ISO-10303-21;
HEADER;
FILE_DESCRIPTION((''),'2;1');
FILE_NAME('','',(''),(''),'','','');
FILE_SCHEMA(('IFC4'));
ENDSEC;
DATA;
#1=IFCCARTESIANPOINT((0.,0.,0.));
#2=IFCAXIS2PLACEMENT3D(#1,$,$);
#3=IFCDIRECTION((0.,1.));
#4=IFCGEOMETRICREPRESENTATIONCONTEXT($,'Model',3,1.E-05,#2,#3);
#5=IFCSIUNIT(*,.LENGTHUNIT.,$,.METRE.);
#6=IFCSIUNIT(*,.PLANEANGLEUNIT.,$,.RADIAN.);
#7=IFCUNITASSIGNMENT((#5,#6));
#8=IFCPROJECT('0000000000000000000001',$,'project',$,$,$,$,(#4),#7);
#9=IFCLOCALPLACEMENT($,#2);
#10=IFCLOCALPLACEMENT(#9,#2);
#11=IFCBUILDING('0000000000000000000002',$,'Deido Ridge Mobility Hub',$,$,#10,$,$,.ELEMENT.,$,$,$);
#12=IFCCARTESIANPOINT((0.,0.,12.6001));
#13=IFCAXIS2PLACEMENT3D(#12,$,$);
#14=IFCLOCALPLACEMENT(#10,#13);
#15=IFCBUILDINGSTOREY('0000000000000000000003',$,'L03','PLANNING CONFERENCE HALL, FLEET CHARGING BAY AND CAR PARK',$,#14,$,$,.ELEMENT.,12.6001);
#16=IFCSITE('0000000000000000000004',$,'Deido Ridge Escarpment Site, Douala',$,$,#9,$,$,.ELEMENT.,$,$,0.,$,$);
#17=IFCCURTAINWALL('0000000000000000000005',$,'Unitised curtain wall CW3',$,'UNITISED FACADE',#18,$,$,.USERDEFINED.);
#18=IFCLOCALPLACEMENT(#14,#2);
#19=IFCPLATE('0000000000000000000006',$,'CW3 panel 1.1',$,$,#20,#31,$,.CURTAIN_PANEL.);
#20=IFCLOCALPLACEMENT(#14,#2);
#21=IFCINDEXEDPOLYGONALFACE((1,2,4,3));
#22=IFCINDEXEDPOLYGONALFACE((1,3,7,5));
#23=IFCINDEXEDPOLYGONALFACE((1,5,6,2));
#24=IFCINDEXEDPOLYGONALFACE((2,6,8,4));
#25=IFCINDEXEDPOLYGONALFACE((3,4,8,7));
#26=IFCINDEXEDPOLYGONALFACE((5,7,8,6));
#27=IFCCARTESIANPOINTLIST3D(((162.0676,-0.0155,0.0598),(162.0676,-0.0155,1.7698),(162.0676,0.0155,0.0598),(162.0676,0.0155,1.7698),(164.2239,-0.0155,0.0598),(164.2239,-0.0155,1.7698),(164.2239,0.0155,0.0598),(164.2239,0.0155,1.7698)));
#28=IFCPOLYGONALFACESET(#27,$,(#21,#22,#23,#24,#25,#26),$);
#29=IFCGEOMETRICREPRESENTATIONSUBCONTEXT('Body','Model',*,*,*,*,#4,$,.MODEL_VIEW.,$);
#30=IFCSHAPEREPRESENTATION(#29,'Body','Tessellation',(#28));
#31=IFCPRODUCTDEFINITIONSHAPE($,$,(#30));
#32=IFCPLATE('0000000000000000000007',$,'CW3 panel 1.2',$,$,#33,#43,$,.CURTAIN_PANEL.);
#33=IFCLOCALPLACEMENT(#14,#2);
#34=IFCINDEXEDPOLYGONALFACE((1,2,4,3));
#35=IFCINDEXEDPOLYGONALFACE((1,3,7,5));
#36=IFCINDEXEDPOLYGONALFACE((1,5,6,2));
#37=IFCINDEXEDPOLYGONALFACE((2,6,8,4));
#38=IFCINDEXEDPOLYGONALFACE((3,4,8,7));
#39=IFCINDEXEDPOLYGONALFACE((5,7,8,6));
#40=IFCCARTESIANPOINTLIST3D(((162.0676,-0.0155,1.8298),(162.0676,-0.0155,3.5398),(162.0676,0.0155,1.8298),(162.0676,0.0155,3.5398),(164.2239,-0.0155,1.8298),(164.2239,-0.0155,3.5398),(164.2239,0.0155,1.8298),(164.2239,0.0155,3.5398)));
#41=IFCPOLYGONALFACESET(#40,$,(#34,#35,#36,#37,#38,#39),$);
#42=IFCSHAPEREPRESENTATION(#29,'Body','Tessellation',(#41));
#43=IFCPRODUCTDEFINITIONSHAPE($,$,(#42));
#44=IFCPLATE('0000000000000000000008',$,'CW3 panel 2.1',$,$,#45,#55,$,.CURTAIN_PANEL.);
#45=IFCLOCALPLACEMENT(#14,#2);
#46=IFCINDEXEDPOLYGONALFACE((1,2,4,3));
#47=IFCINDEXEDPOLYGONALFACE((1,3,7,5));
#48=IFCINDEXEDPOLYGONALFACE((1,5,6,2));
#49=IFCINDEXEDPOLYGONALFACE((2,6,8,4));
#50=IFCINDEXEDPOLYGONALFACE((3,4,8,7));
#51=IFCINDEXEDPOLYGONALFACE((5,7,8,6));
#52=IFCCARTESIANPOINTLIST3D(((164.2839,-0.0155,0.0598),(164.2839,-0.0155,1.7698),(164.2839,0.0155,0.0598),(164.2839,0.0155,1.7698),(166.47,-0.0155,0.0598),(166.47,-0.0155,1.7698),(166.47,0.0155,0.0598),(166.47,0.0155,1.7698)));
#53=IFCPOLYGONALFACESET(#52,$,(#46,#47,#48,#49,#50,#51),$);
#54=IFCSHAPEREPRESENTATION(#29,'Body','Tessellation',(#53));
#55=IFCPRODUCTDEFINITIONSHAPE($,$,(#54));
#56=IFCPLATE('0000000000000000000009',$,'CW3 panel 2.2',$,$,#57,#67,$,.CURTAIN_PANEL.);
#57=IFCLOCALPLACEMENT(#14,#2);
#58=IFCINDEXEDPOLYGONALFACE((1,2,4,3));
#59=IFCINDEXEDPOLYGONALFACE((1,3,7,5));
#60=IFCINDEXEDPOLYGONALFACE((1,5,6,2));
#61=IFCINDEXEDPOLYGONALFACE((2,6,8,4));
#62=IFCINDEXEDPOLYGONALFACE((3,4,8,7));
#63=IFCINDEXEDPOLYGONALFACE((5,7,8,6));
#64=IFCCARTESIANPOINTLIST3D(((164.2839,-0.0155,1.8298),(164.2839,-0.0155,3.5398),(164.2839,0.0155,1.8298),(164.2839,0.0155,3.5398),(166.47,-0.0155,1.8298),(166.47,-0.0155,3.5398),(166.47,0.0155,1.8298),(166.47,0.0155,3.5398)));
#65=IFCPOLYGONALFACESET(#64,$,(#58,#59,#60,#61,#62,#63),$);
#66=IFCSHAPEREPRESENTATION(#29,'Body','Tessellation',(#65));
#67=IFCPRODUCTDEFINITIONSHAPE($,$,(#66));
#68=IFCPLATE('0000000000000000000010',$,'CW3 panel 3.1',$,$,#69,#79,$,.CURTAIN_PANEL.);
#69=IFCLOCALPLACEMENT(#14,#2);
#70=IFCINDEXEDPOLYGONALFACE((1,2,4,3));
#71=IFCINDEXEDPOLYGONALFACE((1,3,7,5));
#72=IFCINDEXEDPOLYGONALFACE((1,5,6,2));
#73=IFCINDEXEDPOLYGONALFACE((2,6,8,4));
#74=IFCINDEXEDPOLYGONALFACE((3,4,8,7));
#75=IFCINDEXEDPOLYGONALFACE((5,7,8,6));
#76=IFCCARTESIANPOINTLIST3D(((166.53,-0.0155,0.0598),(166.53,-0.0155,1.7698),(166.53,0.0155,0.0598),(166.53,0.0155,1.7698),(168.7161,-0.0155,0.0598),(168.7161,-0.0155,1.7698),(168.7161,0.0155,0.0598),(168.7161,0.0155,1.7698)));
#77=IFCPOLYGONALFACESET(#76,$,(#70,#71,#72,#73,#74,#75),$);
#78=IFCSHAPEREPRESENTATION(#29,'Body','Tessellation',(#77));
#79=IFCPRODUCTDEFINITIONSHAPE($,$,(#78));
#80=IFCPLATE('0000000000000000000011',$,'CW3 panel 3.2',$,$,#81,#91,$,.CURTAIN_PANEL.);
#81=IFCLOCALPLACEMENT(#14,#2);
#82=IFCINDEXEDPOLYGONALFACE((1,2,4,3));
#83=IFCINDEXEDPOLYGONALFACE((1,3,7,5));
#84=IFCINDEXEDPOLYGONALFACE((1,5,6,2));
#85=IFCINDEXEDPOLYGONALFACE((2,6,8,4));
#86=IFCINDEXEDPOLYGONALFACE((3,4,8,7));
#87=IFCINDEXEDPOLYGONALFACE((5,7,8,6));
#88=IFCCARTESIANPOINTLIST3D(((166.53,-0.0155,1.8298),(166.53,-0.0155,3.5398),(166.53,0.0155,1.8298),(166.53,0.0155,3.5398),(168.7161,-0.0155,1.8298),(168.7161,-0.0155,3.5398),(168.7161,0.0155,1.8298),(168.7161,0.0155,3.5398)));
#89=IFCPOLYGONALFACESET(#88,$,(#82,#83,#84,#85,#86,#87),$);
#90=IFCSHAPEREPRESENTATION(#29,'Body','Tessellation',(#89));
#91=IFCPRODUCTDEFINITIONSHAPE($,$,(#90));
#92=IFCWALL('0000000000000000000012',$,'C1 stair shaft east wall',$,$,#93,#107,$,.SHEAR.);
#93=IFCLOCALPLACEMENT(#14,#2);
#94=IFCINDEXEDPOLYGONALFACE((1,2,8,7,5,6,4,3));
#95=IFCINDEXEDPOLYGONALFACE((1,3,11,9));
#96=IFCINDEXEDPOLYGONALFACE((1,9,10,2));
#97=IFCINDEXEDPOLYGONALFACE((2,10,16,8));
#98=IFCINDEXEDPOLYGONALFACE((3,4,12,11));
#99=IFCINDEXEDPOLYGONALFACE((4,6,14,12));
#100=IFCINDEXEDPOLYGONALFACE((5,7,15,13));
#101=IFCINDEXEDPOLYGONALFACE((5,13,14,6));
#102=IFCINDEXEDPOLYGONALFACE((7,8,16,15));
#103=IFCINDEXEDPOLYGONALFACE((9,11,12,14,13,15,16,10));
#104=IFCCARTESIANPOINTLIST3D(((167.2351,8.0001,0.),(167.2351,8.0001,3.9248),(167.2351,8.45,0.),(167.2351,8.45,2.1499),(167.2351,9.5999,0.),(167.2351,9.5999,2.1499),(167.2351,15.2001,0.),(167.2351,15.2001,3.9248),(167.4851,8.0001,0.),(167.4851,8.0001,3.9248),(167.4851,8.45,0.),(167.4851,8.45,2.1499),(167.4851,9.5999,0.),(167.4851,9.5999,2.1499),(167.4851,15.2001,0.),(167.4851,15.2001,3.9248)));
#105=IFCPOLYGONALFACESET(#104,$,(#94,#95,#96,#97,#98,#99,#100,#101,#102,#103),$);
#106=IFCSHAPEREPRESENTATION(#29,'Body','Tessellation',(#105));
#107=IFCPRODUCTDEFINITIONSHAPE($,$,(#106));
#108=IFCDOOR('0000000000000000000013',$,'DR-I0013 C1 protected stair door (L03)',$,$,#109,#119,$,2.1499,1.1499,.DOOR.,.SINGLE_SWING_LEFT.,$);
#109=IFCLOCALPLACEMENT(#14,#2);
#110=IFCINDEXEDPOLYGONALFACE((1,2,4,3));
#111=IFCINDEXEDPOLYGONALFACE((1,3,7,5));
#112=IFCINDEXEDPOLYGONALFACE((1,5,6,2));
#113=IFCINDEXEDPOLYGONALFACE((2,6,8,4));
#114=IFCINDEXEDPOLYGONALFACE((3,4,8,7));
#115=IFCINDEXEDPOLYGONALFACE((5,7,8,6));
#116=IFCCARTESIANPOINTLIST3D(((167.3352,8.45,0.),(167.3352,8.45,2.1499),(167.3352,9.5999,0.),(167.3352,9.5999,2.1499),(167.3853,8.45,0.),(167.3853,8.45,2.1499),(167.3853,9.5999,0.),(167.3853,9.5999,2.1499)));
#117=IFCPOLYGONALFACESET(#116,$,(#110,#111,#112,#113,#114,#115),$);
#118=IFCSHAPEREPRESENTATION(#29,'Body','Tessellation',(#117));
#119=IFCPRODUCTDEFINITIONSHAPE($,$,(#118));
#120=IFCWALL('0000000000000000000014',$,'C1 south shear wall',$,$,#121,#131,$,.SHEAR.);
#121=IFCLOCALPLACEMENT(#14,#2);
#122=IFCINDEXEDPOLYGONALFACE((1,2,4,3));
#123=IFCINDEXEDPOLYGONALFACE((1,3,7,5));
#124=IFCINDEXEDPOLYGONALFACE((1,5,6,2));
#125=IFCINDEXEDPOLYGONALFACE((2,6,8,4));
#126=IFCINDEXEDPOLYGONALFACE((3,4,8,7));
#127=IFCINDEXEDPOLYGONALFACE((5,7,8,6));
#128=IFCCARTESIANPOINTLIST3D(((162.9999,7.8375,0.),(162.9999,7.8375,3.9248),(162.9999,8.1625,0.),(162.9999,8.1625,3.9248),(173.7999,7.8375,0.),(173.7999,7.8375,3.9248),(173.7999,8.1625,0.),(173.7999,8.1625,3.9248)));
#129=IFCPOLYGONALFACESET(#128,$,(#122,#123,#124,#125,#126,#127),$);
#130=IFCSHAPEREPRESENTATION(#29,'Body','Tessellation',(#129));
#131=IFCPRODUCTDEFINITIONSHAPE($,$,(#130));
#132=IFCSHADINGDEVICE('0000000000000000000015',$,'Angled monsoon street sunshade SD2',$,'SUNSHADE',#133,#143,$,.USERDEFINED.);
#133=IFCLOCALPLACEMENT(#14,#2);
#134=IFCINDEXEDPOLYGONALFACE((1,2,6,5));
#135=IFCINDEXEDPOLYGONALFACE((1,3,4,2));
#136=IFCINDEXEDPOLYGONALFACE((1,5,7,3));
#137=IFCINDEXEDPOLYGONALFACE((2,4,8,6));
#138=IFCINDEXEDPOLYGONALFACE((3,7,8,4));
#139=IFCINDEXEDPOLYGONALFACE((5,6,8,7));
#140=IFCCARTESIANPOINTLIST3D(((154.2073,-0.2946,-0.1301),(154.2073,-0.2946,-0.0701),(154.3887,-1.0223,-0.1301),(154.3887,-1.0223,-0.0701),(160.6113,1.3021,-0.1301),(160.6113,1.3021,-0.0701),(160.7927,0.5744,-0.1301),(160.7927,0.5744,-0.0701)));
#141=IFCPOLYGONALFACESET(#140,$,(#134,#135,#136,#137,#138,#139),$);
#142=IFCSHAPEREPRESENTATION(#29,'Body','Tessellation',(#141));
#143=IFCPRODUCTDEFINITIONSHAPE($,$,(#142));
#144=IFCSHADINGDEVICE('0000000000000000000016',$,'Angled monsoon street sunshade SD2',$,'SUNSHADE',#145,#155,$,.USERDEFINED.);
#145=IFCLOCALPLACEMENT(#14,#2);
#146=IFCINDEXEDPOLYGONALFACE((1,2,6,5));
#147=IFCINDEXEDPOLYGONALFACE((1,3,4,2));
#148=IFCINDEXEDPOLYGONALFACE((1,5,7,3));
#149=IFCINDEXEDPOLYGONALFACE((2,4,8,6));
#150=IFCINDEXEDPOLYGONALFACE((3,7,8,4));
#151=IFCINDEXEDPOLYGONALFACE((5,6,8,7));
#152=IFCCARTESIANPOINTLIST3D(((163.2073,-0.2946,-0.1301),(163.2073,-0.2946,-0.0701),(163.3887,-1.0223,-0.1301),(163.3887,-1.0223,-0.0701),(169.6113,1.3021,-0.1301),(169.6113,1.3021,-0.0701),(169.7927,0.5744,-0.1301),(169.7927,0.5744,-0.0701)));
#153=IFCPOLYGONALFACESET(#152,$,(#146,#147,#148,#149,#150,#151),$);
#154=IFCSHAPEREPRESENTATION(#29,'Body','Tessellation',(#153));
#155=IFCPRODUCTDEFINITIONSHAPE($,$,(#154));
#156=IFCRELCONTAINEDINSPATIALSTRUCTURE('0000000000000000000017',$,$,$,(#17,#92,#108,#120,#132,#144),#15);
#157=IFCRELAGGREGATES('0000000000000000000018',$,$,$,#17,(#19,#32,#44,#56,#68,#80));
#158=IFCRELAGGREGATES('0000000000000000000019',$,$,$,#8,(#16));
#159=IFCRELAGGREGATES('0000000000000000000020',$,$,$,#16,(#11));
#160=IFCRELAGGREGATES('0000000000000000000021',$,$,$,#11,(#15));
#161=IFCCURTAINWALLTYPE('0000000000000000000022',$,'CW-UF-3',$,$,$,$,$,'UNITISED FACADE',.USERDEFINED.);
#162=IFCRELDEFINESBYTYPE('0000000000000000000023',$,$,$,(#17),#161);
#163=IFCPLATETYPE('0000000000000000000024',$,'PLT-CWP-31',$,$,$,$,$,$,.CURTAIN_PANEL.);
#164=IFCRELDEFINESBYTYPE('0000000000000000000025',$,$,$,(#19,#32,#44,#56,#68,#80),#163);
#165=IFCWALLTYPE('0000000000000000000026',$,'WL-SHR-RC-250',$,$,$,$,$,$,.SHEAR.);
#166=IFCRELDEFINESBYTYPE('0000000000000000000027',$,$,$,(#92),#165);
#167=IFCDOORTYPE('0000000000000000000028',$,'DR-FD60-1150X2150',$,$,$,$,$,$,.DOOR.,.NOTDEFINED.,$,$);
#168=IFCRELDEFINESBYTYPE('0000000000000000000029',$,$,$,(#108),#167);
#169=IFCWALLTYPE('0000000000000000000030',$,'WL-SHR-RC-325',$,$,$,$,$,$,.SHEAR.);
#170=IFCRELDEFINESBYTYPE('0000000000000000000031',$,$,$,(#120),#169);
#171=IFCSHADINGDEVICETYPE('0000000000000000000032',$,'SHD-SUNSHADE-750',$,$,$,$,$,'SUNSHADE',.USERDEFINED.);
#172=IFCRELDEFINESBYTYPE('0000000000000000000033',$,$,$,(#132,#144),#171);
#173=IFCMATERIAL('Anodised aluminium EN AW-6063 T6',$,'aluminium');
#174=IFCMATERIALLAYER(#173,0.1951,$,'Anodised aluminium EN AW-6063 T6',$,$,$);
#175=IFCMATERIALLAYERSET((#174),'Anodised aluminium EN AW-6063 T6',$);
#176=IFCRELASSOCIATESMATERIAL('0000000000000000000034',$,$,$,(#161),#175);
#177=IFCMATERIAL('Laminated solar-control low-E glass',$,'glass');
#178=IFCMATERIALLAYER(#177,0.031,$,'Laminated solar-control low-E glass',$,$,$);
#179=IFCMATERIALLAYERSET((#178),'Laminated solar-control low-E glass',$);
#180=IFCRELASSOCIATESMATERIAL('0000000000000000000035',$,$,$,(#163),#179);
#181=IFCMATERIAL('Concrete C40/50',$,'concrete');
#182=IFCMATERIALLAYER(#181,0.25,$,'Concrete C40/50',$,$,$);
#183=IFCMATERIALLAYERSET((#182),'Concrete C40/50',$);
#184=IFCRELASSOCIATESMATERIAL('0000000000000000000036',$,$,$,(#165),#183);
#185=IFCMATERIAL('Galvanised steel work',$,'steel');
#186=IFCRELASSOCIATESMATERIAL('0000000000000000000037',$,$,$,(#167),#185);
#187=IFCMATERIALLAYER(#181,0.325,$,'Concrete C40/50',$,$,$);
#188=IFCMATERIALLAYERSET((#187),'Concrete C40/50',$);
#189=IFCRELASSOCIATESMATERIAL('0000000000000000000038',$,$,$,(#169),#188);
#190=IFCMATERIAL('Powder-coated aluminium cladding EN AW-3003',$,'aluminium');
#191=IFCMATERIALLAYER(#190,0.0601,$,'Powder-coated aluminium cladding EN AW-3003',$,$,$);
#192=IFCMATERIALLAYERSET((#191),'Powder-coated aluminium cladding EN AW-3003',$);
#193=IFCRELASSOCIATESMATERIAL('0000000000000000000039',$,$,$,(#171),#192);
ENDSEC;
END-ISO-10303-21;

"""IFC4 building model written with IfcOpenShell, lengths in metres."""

from ifc_helpers import new_model, si_unit, direction, frame, frame_2d, origin, origin_2d, place, context, subcontext, project, spatial, rectangle, extrude, material, layer, layer_set, type_object, element, fill, aggregate, save


model = new_model("IFC4")

# Units and contexts
model_context = context("Model", 3, precision=1e-05, world=origin(), true_north=direction((0.0, 1.0)))
body_context = subcontext(model_context, "Body", "Model", "MODEL_VIEW")
ifc_project = project(units=[si_unit("LENGTHUNIT", "METRE"), si_unit("PLANEANGLEUNIT", "RADIAN")], contexts=[model_context])

# Site, building, storey
site_placement = place(None, origin())
site = spatial("IfcSite", under=ifc_project, at=site_placement, Name="Deido Ridge Escarpment Site, Douala", CompositionType="ELEMENT", RefElevation=0.0)
building_placement = place(site_placement, origin())
building = spatial("IfcBuilding", under=site, at=building_placement, Name="Deido Ridge Mobility Hub", CompositionType="ELEMENT")
storey_placement = place(building_placement, frame((0.0, 0.0, 12.6001)))
storey = spatial("IfcBuildingStorey", under=building, at=storey_placement, Name="L03", Description="PLANNING CONFERENCE HALL, FLEET CHARGING BAY AND CAR PARK", CompositionType="ELEMENT", Elevation=12.6001)

# Curtain wall
ifc_material_1 = material(Name="Anodised aluminium EN AW-6063 T6", Category="aluminium")
ifc_layer_1 = layer(ifc_material_1, 0.1951, Name="Anodised aluminium EN AW-6063 T6")
ifc_layer_set_1 = layer_set([ifc_layer_1], Name="Anodised aluminium EN AW-6063 T6")
curtain_wall_type = type_object("IfcCurtainWallType", Name="CW-UF-3", ElementType="UNITISED FACADE", PredefinedType="USERDEFINED", material=ifc_layer_set_1)
curtain_wall_placement = place(storey_placement, origin())
curtain_wall = element("IfcCurtainWall", 1, at=curtain_wall_placement, inside=storey, type_object=curtain_wall_type, Name="Unitised curtain wall CW3", ObjectType="UNITISED FACADE", PredefinedType="USERDEFINED")

# Plates
ifc_material_2 = material(Name="Laminated solar-control low-E glass", Category="glass")
ifc_layer_2 = layer(ifc_material_2, 0.031, Name="Laminated solar-control low-E glass")
ifc_layer_set_2 = layer_set([ifc_layer_2], Name="Laminated solar-control low-E glass")
plate_type = type_object("IfcPlateType", Name="PLT-CWP-31", PredefinedType="CURTAIN_PANEL", material=ifc_layer_set_2)
plate_1_placement = place(storey_placement, frame((163.1458, 0.0, 0.0598), z_axis=(0.0, 0.0, 1.0), x_axis=(1.0, 0.0, 0.0)))
plate_1 = element("IfcPlate", 2, at=plate_1_placement, type_object=plate_type, Name="CW3 panel 1.1", PredefinedType="CURTAIN_PANEL", context=body_context, shape_type="SweptSolid", body=[
    extrude(rectangle(XDim=2.1562, YDim=0.031, at=origin_2d()), origin(), (0.0, 0.0, 1.0), 1.71),
])
plate_2_placement = place(storey_placement, frame((163.1458, 0.0, 1.8298), z_axis=(0.0, 0.0, 1.0), x_axis=(1.0, 0.0, 0.0)))
plate_2 = element("IfcPlate", 3, at=plate_2_placement, type_object=plate_type, Name="CW3 panel 1.2", PredefinedType="CURTAIN_PANEL", context=body_context, shape_type="SweptSolid", body=[
    extrude(rectangle(XDim=2.1562, YDim=0.031, at=origin_2d()), origin(), (0.0, 0.0, 1.0), 1.71),
])
plate_3_placement = place(storey_placement, frame((165.377, 0.0, 0.0598), z_axis=(0.0, 0.0, 1.0), x_axis=(1.0, 0.0, 0.0)))
plate_3 = element("IfcPlate", 4, at=plate_3_placement, type_object=plate_type, Name="CW3 panel 2.1", PredefinedType="CURTAIN_PANEL", context=body_context, shape_type="SweptSolid", body=[
    extrude(rectangle(XDim=2.186, YDim=0.031, at=origin_2d()), origin(), (0.0, 0.0, 1.0), 1.71),
])
plate_4_placement = place(storey_placement, frame((165.377, 0.0, 1.8298), z_axis=(0.0, 0.0, 1.0), x_axis=(1.0, 0.0, 0.0)))
plate_4 = element("IfcPlate", 5, at=plate_4_placement, type_object=plate_type, Name="CW3 panel 2.2", PredefinedType="CURTAIN_PANEL", context=body_context, shape_type="SweptSolid", body=[
    extrude(rectangle(XDim=2.186, YDim=0.031, at=origin_2d()), origin(), (0.0, 0.0, 1.0), 1.71),
])
plate_5_placement = place(storey_placement, frame((167.623, 0.0, 0.0598), z_axis=(0.0, 0.0, 1.0), x_axis=(1.0, 0.0, 0.0)))
plate_5 = element("IfcPlate", 6, at=plate_5_placement, type_object=plate_type, Name="CW3 panel 3.1", PredefinedType="CURTAIN_PANEL", context=body_context, shape_type="SweptSolid", body=[
    extrude(rectangle(XDim=2.186, YDim=0.031, at=origin_2d()), origin(), (0.0, 0.0, 1.0), 1.71),
])
plate_6_placement = place(storey_placement, frame((167.623, 0.0, 1.8298), z_axis=(0.0, 0.0, 1.0), x_axis=(1.0, 0.0, 0.0)))
plate_6 = element("IfcPlate", 7, at=plate_6_placement, type_object=plate_type, Name="CW3 panel 3.2", PredefinedType="CURTAIN_PANEL", context=body_context, shape_type="SweptSolid", body=[
    extrude(rectangle(XDim=2.186, YDim=0.031, at=origin_2d()), origin(), (0.0, 0.0, 1.0), 1.71),
])
aggregate(curtain_wall, [plate_1, plate_2, plate_3, plate_4, plate_5, plate_6])

# Wall, opening, door
ifc_material_3 = material(Name="Concrete C40/50", Category="concrete")
ifc_layer_3 = layer(ifc_material_3, 0.25, Name="Concrete C40/50")
ifc_layer_set_3 = layer_set([ifc_layer_3], Name="Concrete C40/50")
wall_type_1 = type_object("IfcWallType", Name="WL-SHR-RC-250", PredefinedType="SHEAR", material=ifc_layer_set_3)
wall_1_placement = place(storey_placement, frame((167.3601, 8.0, 0.0), z_axis=(0.0, 0.0, 1.0), x_axis=(0.0, 1.0, 0.0)))
wall_1 = element("IfcWall", 8, at=wall_1_placement, inside=storey, type_object=wall_type_1, Name="C1 stair shaft east wall", PredefinedType="SHEAR", context=body_context, shape_type="SweptSolid", body=[
    extrude(rectangle(XDim=7.2, YDim=0.25, at=frame_2d((3.6001, 0.0))), origin(), (0.0, 0.0, 1.0), 3.9248),
])
opening_placement = place(wall_1_placement, frame((0.45, 0.0, 0.0)))
opening = element("IfcOpeningElement", 9, at=opening_placement, cuts=wall_1, PredefinedType="OPENING", context=body_context, shape_type="SweptSolid", body=[
    extrude(rectangle(XDim=1.1499, YDim=2.1499, at=frame_2d((0.575, 1.075))), frame((0.0, 0.135, 0.0), z_axis=(0.0, -1.0, 0.0), x_axis=(1.0, 0.0, 0.0)), (0.0, 0.0, 1.0), 0.27),
])
ifc_material_4 = material(Name="Galvanised steel work", Category="steel")
door_type = type_object("IfcDoorType", Name="DR-FD60-1150X2150", OperationType="NOTDEFINED", PredefinedType="DOOR", material=ifc_material_4)
door_placement = place(opening_placement, origin())
door = element("IfcDoor", 10, at=door_placement, inside=storey, type_object=door_type, Name="DR-I0013 C1 protected stair door (L03)", OperationType="SINGLE_SWING_LEFT", OverallHeight=2.1499, OverallWidth=1.1499, PredefinedType="DOOR", context=body_context, shape_type="SweptSolid", body=[
    extrude(rectangle(XDim=1.1499, YDim=2.1499, at=frame_2d((0.575, 1.075))), frame((0.0, 0.0249, 0.0), z_axis=(0.0, -1.0, 0.0), x_axis=(1.0, 0.0, 0.0)), (0.0, 0.0, 1.0), 0.05),
])
fill(opening, door)

# Wall
ifc_layer_4 = layer(ifc_material_3, 0.325, Name="Concrete C40/50")
ifc_layer_set_4 = layer_set([ifc_layer_4], Name="Concrete C40/50")
wall_type_2 = type_object("IfcWallType", Name="WL-SHR-RC-325", PredefinedType="SHEAR", material=ifc_layer_set_4)
wall_2_placement = place(storey_placement, frame((163.0, 8.0, 0.0), z_axis=(0.0, 0.0, 1.0), x_axis=(1.0, 0.0, 0.0)))
element("IfcWall", 11, at=wall_2_placement, inside=storey, type_object=wall_type_2, Name="C1 south shear wall", PredefinedType="SHEAR", context=body_context, shape_type="SweptSolid", body=[
    extrude(rectangle(XDim=10.8, YDim=0.325, at=frame_2d((5.3999, 0.0))), origin(), (0.0, 0.0, 1.0), 3.9248),
])

# Shading devices
ifc_material_5 = material(Name="Powder-coated aluminium cladding EN AW-3003", Category="aluminium")
ifc_layer_5 = layer(ifc_material_5, 0.0601, Name="Powder-coated aluminium cladding EN AW-3003")
ifc_layer_set_5 = layer_set([ifc_layer_5], Name="Powder-coated aluminium cladding EN AW-3003")
shading_device_type = type_object("IfcShadingDeviceType", Name="SHD-SUNSHADE-750", ElementType="SUNSHADE", PredefinedType="USERDEFINED", material=ifc_layer_set_5)
for number, where, z_axis, x_axis, name in (
    (12, (157.5, 0.1399, -0.1301), (0.0, 0.0, 1.0), (0.970296, 0.241922, 0.0), "Angled monsoon street sunshade SD2"),
    (13, (166.5, 0.1399, -0.1301), (0.0, 0.0, 1.0), (0.970296, 0.241922, 0.0), "Angled monsoon street sunshade SD2"),
):
    element("IfcShadingDevice", number, at=place(storey_placement, frame(where, z_axis=z_axis, x_axis=x_axis)), inside=storey, type_object=shading_device_type, Name=name, ObjectType="SUNSHADE", PredefinedType="USERDEFINED", context=body_context, shape_type="SweptSolid", body=[
        extrude(rectangle(XDim=6.6001, YDim=0.75, at=origin_2d()), origin(), (0.0, 0.0, 1.0), 0.0601),
    ])

save(model, "model.ifc")
